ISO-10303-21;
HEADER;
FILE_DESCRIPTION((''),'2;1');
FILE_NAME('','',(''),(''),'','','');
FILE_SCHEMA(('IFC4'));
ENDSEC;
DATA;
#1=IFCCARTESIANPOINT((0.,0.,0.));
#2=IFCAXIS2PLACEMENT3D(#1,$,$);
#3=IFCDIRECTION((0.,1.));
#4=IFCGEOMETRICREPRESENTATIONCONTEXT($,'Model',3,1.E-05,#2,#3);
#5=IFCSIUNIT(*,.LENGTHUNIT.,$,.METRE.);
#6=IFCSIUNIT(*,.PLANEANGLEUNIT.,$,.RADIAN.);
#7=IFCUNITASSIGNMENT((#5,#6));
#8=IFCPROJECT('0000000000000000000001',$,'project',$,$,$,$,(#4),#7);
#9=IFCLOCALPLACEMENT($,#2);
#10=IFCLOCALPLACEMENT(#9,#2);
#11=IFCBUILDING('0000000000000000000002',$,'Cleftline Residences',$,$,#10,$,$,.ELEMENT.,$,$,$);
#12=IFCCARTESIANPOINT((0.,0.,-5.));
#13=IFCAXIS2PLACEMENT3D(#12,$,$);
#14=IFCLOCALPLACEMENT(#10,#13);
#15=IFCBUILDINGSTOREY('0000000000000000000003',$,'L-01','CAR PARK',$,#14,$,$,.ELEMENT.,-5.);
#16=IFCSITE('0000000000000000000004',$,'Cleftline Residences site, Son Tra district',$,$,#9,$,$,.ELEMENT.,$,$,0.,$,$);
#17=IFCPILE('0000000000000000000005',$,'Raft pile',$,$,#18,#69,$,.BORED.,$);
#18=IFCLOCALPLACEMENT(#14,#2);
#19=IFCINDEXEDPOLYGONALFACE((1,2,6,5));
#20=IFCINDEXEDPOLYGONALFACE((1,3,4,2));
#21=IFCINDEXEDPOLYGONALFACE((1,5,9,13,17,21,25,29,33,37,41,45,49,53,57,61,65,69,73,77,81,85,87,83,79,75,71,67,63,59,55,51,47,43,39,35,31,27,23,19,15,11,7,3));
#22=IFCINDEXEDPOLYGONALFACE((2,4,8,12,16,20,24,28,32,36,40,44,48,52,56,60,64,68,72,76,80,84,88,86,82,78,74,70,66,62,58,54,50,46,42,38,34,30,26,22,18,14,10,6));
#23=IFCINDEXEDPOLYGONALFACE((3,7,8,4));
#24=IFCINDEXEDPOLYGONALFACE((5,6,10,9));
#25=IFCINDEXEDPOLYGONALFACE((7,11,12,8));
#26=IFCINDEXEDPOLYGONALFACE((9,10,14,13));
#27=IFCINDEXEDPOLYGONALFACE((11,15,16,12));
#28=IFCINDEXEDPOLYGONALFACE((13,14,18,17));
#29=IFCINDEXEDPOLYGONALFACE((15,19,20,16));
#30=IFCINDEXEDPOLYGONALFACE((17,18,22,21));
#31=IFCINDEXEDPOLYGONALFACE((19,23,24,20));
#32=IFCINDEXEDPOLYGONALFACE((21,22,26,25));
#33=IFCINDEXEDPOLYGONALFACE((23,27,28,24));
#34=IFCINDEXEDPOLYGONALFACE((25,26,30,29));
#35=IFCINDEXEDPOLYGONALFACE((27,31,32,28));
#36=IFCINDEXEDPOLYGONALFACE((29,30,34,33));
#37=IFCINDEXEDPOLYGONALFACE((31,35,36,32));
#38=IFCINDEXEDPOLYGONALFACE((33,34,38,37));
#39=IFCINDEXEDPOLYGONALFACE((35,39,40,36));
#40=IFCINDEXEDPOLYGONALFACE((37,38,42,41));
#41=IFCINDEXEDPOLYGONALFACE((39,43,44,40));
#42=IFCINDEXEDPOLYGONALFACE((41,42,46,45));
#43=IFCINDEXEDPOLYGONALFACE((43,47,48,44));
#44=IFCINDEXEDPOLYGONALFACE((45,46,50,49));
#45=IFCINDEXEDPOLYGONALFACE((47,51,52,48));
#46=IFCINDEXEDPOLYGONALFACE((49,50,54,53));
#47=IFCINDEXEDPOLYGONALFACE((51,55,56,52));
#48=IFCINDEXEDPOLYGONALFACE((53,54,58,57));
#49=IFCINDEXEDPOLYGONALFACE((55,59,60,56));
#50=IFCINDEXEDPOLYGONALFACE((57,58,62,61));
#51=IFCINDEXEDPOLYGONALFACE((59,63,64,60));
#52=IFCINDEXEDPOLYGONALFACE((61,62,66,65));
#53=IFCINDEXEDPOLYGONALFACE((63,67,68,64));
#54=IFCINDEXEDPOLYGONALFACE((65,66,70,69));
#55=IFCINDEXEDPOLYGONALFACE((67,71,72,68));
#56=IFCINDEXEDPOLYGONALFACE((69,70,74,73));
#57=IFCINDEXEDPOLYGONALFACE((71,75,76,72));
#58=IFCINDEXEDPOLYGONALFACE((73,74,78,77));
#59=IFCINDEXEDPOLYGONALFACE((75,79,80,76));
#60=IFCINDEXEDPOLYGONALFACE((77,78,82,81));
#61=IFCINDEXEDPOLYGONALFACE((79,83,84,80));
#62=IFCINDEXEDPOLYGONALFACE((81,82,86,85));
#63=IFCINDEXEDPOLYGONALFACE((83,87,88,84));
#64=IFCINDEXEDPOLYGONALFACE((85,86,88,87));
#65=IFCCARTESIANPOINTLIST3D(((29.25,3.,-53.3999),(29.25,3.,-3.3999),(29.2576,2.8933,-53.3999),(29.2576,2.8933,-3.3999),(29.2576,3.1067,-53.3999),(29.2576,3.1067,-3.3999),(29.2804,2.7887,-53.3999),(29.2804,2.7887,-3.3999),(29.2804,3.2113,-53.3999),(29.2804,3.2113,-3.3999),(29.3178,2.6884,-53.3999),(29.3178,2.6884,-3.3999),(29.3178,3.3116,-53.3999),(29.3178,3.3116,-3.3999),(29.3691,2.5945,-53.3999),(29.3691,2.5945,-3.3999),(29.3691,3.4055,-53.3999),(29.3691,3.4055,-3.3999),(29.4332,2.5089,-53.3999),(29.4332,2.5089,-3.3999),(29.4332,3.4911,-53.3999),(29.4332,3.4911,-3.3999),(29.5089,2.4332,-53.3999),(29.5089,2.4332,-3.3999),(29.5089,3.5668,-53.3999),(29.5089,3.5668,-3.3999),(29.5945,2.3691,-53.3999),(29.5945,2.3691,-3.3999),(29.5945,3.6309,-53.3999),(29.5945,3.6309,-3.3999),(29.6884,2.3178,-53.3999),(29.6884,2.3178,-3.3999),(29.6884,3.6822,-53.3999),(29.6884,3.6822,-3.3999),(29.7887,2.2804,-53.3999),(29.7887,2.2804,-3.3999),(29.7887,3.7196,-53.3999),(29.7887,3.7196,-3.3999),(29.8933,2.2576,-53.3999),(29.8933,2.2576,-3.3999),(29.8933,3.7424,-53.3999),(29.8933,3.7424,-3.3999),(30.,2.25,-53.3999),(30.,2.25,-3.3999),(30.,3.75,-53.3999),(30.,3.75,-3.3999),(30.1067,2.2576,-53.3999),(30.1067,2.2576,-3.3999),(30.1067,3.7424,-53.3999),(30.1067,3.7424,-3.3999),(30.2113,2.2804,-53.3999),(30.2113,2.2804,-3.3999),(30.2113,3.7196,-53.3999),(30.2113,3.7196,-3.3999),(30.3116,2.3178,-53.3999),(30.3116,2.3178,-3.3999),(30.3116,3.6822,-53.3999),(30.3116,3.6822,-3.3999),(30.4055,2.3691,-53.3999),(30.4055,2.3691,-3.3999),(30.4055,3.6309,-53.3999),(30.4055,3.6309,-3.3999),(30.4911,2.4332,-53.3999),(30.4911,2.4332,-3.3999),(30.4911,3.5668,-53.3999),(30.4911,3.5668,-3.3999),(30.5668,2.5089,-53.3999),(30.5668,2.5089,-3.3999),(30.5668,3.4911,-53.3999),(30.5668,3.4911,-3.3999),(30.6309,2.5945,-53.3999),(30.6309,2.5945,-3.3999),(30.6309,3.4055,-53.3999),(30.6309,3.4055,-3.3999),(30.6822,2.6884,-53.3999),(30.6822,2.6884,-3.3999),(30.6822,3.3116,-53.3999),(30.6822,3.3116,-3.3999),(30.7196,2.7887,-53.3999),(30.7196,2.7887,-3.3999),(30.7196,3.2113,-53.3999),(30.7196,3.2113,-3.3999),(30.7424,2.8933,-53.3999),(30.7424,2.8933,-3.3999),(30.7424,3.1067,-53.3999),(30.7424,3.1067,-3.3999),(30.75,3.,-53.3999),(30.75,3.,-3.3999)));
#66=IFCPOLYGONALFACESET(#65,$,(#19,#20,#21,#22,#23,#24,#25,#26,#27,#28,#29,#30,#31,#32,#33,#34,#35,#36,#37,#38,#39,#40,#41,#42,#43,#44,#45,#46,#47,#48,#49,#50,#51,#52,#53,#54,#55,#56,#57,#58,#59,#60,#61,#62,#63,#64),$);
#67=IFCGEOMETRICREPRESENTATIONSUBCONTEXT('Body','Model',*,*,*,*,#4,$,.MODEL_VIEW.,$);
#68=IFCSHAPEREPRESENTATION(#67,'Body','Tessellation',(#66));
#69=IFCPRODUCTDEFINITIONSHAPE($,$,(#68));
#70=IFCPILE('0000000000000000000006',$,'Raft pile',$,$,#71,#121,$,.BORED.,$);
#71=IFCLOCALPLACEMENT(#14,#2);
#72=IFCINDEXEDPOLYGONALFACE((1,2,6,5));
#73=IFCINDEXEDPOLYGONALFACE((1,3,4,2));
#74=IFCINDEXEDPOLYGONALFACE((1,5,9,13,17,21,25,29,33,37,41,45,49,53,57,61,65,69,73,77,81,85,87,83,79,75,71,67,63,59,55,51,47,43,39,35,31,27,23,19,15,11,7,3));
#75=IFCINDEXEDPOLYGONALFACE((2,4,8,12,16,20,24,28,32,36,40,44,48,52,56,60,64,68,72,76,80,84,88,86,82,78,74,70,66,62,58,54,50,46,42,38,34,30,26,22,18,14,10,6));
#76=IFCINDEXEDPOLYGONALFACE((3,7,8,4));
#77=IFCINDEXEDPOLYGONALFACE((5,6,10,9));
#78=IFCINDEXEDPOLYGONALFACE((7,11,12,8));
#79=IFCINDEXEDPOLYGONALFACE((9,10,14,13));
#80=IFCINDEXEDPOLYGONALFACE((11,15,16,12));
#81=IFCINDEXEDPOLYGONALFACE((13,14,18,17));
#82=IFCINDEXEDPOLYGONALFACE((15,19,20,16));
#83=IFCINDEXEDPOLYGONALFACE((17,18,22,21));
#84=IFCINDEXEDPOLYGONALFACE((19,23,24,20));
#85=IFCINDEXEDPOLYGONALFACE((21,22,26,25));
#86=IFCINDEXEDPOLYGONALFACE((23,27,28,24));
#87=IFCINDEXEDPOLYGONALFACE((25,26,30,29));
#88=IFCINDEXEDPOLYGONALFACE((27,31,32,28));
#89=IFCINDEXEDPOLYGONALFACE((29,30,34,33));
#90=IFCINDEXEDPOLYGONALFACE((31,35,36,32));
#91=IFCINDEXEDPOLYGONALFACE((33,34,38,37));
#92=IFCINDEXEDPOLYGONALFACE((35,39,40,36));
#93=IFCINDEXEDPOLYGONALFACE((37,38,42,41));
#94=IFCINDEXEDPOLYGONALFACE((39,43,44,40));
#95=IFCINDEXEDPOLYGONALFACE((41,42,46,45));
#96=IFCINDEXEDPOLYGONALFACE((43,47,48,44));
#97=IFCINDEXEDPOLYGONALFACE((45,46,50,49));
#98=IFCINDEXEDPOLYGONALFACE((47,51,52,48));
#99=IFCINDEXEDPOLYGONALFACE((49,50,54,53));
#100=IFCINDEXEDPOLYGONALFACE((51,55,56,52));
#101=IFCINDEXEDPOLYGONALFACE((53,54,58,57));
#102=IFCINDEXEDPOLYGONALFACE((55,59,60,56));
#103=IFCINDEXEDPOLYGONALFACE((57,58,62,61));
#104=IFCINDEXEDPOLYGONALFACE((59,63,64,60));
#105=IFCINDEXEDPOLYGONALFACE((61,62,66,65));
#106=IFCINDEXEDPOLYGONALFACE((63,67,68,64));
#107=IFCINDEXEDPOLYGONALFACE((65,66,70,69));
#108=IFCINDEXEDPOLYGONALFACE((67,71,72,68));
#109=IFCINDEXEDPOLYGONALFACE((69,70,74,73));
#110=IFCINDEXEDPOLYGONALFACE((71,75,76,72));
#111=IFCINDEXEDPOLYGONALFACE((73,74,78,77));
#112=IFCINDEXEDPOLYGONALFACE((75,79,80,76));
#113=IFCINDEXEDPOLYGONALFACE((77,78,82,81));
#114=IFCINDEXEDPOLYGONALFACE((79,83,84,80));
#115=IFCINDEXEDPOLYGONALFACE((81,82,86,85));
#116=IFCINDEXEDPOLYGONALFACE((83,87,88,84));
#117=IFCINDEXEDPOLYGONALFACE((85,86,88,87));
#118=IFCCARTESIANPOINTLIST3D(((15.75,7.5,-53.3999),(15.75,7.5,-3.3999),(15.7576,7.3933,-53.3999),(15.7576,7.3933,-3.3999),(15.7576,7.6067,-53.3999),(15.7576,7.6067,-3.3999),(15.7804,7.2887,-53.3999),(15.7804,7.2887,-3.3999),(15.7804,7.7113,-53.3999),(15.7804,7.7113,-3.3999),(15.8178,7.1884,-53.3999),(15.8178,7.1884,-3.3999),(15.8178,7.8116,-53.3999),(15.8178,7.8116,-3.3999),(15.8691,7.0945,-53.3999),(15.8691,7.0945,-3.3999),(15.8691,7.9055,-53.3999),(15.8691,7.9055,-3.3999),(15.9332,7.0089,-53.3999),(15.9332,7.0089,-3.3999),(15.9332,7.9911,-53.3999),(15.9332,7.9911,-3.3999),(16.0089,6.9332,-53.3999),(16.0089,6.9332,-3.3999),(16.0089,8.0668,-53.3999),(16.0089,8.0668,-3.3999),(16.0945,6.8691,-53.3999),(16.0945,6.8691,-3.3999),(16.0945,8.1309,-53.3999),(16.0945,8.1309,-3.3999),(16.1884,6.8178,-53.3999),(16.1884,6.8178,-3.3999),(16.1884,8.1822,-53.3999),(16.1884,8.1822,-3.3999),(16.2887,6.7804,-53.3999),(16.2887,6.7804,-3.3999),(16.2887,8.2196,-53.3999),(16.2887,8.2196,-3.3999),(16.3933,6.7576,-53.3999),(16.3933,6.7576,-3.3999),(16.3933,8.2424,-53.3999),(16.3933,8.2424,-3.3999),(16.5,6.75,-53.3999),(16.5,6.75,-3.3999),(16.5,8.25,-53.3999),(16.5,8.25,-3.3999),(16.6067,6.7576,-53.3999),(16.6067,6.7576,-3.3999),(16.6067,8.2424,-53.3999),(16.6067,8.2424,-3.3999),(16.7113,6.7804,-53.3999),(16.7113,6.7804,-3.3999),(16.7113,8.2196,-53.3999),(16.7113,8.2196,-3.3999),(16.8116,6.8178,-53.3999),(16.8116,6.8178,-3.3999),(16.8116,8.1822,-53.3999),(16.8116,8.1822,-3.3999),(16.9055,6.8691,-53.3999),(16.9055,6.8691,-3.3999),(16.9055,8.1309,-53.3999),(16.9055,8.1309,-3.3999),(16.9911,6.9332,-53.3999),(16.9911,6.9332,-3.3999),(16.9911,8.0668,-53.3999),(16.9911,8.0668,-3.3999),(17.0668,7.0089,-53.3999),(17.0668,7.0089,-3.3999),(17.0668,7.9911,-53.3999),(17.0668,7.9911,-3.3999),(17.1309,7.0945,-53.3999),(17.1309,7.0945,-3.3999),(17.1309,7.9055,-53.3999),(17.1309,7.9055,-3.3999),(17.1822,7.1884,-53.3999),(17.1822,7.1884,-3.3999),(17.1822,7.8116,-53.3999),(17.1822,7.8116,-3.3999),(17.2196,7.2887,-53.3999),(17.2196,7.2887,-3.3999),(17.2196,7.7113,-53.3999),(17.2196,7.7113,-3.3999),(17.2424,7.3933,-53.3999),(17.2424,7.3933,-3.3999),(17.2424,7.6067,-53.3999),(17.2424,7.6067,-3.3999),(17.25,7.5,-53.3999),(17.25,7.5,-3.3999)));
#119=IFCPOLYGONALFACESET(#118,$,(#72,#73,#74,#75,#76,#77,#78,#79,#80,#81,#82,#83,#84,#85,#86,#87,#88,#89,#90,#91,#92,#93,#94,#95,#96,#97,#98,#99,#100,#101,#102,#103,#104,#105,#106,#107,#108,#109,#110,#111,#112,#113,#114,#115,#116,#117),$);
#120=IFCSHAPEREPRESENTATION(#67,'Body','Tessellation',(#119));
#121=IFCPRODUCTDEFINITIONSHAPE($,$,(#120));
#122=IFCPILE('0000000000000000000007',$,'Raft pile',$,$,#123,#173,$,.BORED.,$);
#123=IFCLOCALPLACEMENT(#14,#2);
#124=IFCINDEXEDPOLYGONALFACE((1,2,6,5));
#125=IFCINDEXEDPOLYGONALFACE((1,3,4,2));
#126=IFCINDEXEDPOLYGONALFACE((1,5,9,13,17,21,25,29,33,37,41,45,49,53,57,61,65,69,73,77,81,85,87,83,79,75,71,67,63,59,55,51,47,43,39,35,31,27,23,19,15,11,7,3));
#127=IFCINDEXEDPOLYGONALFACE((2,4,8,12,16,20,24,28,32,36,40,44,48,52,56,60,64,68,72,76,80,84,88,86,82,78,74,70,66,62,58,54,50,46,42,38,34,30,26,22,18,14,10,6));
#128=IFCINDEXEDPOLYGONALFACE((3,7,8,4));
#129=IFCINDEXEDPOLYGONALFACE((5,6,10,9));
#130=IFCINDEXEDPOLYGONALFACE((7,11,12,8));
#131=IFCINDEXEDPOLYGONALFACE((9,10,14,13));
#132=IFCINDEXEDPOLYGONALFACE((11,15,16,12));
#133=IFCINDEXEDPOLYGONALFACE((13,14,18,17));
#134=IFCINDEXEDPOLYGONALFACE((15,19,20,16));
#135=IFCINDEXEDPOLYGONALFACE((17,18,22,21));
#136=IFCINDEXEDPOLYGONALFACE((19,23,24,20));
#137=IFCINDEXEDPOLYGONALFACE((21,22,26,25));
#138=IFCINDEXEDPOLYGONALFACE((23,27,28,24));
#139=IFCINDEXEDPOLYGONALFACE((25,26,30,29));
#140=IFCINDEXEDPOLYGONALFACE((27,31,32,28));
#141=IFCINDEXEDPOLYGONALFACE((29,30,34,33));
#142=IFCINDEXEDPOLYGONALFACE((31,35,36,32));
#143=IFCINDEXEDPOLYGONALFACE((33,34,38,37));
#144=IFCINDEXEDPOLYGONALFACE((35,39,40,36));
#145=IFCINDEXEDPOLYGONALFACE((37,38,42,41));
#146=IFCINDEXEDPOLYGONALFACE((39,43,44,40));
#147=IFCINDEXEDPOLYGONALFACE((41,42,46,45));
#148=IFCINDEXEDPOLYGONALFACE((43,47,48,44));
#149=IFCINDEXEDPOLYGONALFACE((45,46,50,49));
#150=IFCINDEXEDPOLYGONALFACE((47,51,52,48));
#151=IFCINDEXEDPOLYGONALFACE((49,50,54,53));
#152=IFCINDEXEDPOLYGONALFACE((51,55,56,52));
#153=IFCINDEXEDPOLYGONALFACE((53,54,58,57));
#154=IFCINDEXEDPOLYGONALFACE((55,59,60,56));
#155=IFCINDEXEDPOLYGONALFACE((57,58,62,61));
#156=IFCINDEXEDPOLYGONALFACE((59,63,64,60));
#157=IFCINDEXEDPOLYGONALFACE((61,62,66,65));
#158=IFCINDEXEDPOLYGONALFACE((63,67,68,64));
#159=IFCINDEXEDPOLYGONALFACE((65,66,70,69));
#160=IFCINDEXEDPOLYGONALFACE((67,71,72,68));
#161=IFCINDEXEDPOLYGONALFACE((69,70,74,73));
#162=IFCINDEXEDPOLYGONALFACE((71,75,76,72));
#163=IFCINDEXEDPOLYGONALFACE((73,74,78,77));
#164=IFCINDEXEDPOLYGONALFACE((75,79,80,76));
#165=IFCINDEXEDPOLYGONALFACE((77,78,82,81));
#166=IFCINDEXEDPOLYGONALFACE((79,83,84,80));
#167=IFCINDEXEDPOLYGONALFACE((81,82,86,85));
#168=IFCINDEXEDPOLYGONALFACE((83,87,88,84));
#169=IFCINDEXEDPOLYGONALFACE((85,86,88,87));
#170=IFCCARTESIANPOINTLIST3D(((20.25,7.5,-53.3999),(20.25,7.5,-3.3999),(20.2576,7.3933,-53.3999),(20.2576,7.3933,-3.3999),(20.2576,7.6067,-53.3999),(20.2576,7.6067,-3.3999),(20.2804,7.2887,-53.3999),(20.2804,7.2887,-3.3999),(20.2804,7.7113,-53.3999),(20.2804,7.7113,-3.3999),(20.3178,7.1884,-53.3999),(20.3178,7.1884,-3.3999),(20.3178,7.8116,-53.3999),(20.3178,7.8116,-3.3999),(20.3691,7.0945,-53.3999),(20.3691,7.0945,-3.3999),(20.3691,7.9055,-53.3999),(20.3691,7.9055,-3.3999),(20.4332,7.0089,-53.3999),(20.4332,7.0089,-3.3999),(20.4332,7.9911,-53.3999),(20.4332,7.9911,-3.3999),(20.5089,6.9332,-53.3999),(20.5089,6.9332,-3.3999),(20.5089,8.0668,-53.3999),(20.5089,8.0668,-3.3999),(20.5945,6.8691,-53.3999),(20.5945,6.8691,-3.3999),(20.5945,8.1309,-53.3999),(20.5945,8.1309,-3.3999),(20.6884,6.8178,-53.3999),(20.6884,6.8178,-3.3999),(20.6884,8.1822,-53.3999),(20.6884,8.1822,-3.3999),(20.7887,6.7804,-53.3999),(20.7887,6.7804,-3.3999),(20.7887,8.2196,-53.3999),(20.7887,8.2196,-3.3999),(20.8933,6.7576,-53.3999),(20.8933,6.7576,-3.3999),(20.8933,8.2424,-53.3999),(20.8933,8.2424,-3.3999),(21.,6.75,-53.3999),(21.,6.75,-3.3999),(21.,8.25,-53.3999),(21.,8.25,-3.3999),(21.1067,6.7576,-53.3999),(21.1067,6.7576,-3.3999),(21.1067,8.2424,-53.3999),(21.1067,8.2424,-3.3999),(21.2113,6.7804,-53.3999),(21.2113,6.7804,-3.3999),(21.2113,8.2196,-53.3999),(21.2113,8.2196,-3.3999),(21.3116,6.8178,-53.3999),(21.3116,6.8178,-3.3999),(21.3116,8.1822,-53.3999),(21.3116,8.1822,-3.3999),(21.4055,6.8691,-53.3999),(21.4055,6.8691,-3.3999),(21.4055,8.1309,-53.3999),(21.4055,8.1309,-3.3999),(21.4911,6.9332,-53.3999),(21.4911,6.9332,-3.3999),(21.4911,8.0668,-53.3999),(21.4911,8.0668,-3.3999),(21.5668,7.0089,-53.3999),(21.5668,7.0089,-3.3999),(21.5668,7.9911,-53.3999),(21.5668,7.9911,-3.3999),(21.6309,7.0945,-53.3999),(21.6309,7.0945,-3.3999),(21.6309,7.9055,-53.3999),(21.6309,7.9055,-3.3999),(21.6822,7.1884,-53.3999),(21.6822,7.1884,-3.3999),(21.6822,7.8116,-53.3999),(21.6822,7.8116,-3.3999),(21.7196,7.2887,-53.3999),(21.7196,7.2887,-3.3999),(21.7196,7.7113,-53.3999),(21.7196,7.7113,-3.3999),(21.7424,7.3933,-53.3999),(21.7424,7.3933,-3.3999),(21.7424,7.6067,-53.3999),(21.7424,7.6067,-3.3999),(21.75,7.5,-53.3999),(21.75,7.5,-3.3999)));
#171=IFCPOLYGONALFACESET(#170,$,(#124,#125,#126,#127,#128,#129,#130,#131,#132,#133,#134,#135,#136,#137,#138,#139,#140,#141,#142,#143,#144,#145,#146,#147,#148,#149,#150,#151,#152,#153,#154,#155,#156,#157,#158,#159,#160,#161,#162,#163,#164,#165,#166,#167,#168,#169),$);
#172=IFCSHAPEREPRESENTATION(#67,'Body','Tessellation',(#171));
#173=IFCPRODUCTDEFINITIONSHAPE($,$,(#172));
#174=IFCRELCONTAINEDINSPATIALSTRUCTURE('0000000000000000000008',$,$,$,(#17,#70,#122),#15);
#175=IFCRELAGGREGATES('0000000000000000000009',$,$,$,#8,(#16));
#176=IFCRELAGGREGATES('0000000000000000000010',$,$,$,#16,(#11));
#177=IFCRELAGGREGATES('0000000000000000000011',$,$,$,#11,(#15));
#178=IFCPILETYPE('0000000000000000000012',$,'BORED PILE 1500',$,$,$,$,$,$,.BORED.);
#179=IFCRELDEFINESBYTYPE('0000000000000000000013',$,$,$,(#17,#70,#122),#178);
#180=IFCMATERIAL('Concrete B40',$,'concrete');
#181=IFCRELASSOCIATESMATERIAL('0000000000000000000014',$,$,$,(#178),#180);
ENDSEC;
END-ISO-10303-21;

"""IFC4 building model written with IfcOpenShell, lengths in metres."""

from ifc_helpers import new_model, si_unit, direction, frame, origin, origin_2d, place, context, subcontext, project, spatial, circle, extrude, material, material_profile, profile_set, type_object, element, save


model = new_model("IFC4")

# Units and contexts
model_context = context("Model", 3, precision=1e-05, world=origin(), true_north=direction((0.0, 1.0)))
body_context = subcontext(model_context, "Body", "Model", "MODEL_VIEW")
ifc_project = project(units=[si_unit("LENGTHUNIT", "METRE"), si_unit("PLANEANGLEUNIT", "RADIAN")], contexts=[model_context])

# Site, building, storey
site_placement = place(None, origin())
site = spatial("IfcSite", under=ifc_project, at=site_placement, Name="Cleftline Residences site, Son Tra district", CompositionType="ELEMENT", RefElevation=0.0)
building_placement = place(site_placement, origin())
building = spatial("IfcBuilding", under=site, at=building_placement, Name="Cleftline Residences", CompositionType="ELEMENT")
storey_placement = place(building_placement, frame((0.0, 0.0, -5.0)))
storey = spatial("IfcBuildingStorey", under=building, at=storey_placement, Name="L-01", Description="CAR PARK", CompositionType="ELEMENT", Elevation=-5.0)

# Piles
ifc_material_1 = material(Name="Concrete B40", Category="concrete")
ifc_material_profile_1 = material_profile(ifc_material_1, circle(Radius=0.75, at=origin_2d()))
ifc_profile_set_1 = profile_set([ifc_material_profile_1], Name="Concrete B40")
pile_type = type_object("IfcPileType", Name="BORED PILE 1500", PredefinedType="BORED", material=ifc_profile_set_1)
for number, where, z_axis, x_axis, name in (
    (1, (30.0, 3.0, -3.3999), (0.0, 0.0, -1.0), (1.0, 0.0, 0.0), "Raft pile"),
    (2, (16.5, 7.5, -3.3999), (0.0, 0.0, -1.0), (1.0, 0.0, 0.0), "Raft pile"),
    (3, (21.0, 7.5, -3.3999), (0.0, 0.0, -1.0), (1.0, 0.0, 0.0), "Raft pile"),
):
    element("IfcPile", number, at=place(storey_placement, frame(where, z_axis=z_axis, x_axis=x_axis)), inside=storey, type_object=pile_type, Name=name, PredefinedType="BORED", context=body_context, shape_type="SweptSolid", body=[
        extrude(circle(Radius=0.75, at=origin_2d()), origin(), (0.0, 0.0, 1.0), 50.0),
    ])

save(model, "model.ifc")
